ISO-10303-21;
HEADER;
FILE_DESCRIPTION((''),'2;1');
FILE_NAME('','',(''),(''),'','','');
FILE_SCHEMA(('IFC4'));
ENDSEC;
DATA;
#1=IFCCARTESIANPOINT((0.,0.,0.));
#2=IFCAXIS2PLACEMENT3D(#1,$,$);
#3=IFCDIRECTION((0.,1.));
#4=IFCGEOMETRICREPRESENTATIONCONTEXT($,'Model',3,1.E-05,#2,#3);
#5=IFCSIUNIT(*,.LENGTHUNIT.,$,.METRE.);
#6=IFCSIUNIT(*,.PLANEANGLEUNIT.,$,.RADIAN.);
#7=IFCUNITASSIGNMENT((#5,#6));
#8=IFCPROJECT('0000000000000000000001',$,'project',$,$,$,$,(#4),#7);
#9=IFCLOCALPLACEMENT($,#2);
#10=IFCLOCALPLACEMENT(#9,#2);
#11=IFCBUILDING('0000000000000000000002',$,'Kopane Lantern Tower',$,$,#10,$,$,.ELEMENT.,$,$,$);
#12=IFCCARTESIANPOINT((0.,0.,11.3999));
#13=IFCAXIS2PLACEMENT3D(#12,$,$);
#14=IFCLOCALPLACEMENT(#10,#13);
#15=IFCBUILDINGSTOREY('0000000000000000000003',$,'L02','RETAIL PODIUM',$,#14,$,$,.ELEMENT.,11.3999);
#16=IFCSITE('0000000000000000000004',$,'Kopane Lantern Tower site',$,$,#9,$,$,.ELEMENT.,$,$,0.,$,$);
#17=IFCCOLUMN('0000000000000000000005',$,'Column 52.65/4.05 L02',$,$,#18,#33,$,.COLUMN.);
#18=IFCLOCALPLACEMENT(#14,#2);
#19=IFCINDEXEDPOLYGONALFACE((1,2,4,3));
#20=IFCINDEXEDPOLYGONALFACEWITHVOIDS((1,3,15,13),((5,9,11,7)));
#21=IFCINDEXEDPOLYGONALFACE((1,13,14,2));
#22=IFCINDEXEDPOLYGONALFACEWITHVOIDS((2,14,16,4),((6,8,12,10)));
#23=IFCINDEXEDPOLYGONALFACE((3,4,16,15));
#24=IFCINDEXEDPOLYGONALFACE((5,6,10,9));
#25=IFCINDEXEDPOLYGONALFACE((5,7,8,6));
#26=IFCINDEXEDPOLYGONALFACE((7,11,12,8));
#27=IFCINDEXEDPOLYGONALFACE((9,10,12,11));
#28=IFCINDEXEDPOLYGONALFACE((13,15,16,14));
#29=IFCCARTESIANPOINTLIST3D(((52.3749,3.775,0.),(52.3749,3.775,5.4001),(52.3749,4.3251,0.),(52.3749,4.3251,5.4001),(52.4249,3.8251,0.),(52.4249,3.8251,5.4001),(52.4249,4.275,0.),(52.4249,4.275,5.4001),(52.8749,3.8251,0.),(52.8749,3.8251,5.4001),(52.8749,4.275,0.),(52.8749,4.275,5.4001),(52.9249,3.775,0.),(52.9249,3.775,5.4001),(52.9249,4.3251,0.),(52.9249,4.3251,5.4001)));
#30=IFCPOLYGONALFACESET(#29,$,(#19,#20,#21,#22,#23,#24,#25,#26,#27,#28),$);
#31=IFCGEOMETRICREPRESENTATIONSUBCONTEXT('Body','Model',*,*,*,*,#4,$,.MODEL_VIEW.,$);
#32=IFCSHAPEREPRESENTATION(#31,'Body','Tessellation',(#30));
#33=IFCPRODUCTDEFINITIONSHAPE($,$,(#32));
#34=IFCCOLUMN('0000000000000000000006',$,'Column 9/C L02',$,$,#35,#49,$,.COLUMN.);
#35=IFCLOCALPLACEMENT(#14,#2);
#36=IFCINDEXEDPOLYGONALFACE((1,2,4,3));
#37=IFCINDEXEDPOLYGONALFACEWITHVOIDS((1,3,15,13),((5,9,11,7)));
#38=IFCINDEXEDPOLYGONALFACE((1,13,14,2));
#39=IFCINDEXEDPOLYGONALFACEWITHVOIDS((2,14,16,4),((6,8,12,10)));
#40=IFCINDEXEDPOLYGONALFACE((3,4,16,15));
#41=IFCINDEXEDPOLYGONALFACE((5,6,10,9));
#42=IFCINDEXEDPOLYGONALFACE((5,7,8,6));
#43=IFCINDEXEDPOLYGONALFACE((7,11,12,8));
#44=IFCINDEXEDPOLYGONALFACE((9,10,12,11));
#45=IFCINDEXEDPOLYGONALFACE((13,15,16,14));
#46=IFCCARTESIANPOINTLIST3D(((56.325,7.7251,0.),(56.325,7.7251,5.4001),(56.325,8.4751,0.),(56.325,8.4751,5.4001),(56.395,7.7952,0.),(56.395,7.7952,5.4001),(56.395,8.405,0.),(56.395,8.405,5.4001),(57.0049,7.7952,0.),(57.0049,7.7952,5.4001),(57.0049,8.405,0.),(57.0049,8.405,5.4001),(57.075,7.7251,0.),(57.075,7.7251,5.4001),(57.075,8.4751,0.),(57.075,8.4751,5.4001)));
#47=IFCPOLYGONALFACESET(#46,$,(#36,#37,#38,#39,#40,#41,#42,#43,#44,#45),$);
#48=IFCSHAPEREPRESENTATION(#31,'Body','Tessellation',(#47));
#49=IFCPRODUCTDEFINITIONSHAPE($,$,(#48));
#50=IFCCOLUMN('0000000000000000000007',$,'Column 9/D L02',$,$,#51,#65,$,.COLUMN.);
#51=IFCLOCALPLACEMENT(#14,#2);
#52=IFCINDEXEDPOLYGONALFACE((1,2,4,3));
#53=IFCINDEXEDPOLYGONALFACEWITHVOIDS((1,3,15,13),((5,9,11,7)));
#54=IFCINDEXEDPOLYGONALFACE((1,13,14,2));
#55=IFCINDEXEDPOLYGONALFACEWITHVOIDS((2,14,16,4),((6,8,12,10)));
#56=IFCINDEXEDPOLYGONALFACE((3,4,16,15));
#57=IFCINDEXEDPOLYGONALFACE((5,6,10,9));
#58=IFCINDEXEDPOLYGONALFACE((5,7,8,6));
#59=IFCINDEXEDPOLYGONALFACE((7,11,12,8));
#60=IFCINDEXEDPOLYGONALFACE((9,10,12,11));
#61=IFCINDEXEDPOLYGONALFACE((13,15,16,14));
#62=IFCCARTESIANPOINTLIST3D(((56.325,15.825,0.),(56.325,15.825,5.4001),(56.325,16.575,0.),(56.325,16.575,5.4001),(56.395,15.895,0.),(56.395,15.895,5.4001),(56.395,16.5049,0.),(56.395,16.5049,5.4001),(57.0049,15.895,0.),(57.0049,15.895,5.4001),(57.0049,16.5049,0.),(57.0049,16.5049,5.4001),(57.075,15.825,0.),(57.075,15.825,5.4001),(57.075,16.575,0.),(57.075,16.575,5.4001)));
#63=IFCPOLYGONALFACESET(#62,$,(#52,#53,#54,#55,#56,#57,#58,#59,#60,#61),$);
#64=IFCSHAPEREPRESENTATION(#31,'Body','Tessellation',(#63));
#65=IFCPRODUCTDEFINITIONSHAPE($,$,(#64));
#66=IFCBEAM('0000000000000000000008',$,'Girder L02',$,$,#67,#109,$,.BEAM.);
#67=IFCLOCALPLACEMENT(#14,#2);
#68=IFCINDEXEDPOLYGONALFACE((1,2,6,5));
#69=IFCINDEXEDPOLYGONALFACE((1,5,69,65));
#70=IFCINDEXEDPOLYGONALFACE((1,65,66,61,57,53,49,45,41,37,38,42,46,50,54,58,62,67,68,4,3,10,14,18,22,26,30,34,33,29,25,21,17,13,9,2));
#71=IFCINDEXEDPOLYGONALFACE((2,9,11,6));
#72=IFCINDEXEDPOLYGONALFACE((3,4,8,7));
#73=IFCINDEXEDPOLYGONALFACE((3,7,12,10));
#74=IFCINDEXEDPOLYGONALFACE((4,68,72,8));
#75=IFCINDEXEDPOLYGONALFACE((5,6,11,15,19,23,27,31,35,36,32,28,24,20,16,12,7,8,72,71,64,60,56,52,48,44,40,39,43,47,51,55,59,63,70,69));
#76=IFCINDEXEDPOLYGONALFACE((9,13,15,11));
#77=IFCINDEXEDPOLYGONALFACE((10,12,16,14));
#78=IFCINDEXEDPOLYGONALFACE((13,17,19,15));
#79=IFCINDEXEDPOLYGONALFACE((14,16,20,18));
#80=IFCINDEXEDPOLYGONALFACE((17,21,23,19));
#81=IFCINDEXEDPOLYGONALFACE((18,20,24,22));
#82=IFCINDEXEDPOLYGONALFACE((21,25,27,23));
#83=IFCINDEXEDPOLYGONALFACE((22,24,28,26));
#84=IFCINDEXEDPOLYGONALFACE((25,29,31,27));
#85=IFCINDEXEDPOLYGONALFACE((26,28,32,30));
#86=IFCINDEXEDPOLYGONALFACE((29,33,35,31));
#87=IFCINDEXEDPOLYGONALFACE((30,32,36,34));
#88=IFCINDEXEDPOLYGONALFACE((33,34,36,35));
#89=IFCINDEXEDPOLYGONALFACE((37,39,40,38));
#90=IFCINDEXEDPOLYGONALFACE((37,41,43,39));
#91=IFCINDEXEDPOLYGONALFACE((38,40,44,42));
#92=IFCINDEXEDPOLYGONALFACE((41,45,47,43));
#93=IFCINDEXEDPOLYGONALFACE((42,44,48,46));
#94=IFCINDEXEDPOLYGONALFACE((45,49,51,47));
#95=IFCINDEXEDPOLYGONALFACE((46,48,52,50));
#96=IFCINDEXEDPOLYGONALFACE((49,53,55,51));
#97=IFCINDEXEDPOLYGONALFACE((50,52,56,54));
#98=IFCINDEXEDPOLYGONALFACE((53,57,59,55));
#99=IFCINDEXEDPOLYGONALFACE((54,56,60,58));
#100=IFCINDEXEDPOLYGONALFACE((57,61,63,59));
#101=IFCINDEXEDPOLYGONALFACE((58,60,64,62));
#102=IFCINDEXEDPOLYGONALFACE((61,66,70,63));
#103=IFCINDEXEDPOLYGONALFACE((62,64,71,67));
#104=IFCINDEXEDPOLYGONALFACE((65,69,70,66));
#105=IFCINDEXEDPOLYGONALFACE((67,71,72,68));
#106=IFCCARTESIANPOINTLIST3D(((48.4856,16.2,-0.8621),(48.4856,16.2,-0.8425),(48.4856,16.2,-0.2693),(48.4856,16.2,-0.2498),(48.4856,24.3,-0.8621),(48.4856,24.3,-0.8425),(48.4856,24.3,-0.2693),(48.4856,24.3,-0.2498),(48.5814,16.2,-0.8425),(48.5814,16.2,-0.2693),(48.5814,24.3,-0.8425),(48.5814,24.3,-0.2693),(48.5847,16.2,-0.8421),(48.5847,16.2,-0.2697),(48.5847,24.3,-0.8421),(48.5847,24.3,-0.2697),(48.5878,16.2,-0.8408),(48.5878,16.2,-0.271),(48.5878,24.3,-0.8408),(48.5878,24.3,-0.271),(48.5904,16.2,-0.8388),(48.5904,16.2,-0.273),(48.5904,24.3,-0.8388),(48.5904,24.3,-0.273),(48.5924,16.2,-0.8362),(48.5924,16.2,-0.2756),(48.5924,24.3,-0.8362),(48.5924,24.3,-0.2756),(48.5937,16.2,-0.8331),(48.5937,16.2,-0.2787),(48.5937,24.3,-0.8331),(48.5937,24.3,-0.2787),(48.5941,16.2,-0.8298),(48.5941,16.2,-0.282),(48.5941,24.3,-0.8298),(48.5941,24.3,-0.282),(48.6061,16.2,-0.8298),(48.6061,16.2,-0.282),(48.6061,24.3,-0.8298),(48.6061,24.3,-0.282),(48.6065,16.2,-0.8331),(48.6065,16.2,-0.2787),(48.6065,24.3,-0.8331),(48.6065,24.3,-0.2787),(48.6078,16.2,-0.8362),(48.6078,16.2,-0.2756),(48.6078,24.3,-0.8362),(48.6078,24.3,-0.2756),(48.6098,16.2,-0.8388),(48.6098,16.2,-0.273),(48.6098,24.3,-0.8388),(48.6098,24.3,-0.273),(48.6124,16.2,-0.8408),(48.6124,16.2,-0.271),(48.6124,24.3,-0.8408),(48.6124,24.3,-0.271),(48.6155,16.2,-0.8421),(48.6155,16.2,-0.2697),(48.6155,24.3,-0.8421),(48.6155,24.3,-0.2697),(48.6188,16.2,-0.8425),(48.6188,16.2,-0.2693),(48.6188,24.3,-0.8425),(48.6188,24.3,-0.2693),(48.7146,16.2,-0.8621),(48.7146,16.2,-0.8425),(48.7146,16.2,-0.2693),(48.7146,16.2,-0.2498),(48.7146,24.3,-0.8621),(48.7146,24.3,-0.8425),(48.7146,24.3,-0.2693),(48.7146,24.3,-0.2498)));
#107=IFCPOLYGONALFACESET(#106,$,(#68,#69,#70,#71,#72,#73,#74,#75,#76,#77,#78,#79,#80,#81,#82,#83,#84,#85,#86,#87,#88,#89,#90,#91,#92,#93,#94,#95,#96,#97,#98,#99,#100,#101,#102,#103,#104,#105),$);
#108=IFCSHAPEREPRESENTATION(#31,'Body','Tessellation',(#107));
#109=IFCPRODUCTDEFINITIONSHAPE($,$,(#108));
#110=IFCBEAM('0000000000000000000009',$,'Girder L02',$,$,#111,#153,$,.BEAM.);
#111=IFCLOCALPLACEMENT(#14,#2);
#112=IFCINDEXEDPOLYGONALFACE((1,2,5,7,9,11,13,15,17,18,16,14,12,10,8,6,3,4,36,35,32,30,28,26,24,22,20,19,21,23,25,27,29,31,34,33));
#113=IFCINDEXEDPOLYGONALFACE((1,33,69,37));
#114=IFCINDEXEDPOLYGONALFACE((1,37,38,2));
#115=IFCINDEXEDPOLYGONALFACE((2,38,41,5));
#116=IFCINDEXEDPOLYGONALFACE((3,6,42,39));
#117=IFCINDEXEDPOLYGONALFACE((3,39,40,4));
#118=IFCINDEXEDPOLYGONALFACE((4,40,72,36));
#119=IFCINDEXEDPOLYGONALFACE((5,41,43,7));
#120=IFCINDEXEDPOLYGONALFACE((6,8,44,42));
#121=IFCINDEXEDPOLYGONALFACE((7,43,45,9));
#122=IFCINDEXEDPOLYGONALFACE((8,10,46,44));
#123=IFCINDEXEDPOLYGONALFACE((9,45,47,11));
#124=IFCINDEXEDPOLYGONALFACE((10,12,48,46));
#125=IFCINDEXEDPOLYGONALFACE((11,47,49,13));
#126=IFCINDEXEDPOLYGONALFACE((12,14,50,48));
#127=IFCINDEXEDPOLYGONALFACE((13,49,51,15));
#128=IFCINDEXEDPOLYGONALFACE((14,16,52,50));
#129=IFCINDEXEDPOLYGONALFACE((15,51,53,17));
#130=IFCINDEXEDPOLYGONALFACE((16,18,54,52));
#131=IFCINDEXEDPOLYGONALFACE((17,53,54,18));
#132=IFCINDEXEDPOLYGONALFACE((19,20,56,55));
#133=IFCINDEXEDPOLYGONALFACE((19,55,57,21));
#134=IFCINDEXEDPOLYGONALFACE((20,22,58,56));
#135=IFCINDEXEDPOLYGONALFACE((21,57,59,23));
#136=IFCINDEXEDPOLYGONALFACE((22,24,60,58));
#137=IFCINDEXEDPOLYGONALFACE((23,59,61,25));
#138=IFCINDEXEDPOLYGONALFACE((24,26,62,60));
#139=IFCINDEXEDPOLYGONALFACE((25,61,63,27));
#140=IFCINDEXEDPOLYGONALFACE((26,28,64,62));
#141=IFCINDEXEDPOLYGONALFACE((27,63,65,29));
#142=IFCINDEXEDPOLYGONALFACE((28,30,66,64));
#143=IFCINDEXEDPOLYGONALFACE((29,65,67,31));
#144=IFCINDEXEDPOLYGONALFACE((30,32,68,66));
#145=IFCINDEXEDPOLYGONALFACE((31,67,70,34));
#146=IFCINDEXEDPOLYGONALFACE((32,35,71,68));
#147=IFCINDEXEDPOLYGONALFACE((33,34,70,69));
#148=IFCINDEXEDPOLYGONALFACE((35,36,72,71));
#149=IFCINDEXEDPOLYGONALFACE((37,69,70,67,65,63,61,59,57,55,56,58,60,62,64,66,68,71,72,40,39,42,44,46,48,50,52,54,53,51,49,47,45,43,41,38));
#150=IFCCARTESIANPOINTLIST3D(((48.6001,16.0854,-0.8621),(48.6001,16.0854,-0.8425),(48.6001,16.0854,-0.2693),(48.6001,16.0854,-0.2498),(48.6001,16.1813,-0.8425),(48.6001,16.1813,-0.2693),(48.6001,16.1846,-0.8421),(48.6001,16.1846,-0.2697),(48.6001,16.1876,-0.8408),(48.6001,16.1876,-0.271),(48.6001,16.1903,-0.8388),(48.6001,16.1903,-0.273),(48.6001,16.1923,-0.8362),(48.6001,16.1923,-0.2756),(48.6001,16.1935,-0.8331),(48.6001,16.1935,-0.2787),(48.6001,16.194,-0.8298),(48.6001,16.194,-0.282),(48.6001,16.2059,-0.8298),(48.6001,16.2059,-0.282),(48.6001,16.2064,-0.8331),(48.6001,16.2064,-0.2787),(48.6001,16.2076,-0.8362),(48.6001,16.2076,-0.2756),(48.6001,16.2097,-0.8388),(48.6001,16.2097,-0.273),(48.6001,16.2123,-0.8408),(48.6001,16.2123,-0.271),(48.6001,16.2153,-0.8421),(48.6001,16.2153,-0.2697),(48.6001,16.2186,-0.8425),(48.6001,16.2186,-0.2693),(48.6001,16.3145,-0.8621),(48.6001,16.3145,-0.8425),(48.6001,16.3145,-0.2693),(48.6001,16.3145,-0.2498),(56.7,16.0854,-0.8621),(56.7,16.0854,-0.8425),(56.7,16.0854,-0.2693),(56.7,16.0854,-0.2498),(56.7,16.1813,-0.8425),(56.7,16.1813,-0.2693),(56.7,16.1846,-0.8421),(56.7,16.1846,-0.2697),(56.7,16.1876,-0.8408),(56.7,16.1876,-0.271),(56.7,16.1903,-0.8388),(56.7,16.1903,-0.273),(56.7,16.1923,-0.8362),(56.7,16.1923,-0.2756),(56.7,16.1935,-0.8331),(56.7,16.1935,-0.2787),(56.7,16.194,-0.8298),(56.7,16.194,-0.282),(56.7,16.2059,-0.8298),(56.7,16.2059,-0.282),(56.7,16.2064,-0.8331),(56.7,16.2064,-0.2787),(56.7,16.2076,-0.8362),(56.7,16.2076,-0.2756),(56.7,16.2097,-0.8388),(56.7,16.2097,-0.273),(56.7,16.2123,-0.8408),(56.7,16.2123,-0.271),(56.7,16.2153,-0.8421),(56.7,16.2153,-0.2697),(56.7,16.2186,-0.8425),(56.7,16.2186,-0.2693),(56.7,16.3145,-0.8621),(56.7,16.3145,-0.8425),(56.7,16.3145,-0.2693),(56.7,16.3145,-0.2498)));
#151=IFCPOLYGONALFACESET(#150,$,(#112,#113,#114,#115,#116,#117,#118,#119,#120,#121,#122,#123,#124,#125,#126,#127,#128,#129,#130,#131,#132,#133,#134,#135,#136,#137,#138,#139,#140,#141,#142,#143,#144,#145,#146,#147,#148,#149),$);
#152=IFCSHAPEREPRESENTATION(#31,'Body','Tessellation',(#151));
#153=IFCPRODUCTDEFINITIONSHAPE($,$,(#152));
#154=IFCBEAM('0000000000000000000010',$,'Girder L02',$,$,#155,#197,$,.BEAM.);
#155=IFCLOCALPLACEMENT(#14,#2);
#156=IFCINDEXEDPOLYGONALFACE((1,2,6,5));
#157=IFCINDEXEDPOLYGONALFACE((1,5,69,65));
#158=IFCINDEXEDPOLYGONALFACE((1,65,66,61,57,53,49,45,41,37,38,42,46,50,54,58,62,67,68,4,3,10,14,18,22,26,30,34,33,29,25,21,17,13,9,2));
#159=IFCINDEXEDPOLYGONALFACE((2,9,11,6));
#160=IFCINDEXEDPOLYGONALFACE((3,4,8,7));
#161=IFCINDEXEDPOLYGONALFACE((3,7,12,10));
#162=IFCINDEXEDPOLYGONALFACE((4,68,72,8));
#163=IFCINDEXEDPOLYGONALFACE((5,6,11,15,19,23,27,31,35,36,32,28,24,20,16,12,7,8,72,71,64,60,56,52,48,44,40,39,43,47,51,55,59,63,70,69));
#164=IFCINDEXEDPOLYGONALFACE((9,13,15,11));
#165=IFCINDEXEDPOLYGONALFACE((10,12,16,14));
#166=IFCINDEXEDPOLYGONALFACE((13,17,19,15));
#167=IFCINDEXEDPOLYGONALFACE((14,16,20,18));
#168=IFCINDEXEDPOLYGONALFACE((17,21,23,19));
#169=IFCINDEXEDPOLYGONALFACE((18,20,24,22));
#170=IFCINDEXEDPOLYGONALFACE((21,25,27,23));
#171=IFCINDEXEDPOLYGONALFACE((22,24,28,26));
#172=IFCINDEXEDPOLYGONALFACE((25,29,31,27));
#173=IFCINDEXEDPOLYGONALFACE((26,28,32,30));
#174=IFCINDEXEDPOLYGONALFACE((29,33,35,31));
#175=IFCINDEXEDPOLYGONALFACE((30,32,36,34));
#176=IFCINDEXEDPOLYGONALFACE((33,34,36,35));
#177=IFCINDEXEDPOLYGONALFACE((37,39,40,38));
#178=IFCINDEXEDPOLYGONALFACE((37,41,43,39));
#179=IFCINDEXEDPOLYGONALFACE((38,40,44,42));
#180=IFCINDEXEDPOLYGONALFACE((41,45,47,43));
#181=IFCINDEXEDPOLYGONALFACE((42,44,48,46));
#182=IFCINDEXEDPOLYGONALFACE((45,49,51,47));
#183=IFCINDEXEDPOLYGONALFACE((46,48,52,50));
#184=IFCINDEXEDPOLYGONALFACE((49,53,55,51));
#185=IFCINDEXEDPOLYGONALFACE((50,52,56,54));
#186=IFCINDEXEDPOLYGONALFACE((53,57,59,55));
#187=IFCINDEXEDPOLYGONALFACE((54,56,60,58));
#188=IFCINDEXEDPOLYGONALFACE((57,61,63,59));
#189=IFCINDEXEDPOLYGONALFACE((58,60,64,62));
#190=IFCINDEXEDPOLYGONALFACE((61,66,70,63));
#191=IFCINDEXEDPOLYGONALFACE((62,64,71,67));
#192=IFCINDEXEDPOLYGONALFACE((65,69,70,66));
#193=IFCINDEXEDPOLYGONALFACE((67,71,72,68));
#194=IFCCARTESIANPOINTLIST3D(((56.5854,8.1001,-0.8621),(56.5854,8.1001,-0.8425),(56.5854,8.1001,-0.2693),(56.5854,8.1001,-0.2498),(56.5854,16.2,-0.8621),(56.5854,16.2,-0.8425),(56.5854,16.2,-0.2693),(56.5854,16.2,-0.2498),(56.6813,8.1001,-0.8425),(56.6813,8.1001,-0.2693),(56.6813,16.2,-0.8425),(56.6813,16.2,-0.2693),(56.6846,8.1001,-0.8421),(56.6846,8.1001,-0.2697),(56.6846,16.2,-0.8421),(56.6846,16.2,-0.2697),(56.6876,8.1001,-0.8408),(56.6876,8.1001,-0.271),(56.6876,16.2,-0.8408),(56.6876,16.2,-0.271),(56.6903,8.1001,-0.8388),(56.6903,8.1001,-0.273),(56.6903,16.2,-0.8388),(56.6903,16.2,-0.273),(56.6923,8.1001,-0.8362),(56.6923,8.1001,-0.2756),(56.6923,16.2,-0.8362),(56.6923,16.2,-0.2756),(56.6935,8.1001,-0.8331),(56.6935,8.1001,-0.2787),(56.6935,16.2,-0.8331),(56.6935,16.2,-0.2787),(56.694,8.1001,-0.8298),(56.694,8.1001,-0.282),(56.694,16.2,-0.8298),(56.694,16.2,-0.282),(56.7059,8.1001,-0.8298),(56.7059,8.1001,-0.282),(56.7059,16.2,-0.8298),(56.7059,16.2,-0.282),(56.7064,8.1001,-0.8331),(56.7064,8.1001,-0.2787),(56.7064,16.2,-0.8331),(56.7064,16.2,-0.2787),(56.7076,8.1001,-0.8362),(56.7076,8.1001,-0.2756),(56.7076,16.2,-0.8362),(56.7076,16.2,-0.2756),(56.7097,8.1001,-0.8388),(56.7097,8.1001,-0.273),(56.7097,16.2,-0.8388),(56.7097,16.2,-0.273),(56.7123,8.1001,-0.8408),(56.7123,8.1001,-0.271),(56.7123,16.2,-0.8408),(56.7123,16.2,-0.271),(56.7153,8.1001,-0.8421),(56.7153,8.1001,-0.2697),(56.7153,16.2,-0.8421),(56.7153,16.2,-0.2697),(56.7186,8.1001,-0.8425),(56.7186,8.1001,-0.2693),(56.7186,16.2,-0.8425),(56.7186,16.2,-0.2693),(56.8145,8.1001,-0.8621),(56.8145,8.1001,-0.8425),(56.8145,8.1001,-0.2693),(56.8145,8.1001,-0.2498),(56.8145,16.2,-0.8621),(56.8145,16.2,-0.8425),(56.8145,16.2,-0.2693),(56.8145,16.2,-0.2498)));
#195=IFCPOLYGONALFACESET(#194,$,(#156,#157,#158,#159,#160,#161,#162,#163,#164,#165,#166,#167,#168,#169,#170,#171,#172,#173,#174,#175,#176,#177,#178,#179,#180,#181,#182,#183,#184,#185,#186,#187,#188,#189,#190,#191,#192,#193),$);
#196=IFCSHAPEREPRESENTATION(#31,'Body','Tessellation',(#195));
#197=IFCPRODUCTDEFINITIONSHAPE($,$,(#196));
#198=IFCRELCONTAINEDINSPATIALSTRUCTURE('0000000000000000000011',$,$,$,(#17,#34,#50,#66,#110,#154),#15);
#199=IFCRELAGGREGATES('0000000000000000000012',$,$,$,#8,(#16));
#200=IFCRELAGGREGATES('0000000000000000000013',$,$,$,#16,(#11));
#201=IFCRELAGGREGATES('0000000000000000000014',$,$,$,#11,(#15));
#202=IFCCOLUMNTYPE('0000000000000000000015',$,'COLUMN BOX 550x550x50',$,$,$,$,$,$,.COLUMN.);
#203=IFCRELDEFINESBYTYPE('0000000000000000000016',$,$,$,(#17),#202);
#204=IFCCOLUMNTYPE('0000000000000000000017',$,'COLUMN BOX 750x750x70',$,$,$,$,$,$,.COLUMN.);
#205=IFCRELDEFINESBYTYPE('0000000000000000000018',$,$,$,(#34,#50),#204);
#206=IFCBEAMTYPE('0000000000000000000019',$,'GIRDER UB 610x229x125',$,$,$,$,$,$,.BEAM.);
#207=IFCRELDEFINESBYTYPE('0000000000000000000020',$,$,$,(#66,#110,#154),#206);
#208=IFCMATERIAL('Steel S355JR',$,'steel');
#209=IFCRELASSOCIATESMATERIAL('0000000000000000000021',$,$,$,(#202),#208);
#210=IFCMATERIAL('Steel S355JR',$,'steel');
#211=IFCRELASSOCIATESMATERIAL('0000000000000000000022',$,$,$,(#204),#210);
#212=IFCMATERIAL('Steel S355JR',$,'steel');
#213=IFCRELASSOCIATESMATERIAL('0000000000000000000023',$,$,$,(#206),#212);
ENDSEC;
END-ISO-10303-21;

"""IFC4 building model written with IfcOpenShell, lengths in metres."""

from ifc_helpers import new_model, si_unit, direction, frame, origin, origin_2d, place, context, subcontext, project, spatial, hollow_rectangle, i_section, extrude, material, material_profile, profile_set, type_object, element, save


model = new_model("IFC4")

# Units and contexts
model_context = context("Model", 3, precision=1e-05, world=origin(), true_north=direction((0.0, 1.0)))
body_context = subcontext(model_context, "Body", "Model", "MODEL_VIEW")
ifc_project = project(units=[si_unit("LENGTHUNIT", "METRE"), si_unit("PLANEANGLEUNIT", "RADIAN")], contexts=[model_context])

# Site, building, storey
site_placement = place(None, origin())
site = spatial("IfcSite", under=ifc_project, at=site_placement, Name="Kopane Lantern Tower site", CompositionType="ELEMENT", RefElevation=0.0)
building_placement = place(site_placement, origin())
building = spatial("IfcBuilding", under=site, at=building_placement, Name="Kopane Lantern Tower", CompositionType="ELEMENT")
storey_placement = place(building_placement, frame((0.0, 0.0, 11.3999)))
storey = spatial("IfcBuildingStorey", under=building, at=storey_placement, Name="L02", Description="RETAIL PODIUM", CompositionType="ELEMENT", Elevation=11.3999)

# Columns
ifc_material_1 = material(Name="Steel S355JR", Category="steel")
ifc_material_profile_1 = material_profile(ifc_material_1, hollow_rectangle(XDim=0.55, YDim=0.55, WallThickness=0.05, at=origin_2d()), Name="BOX 550x550x50")
ifc_profile_set_1 = profile_set([ifc_material_profile_1], Name="Steel S355JR")
column_type_1 = type_object("IfcColumnType", Name="COLUMN BOX 550x550x50", PredefinedType="COLUMN", material=ifc_profile_set_1)
column_placement = place(storey_placement, frame((52.6499, 4.05, 0.0), z_axis=(0.0, 0.0, 1.0), x_axis=(1.0, 0.0, 0.0)))
element("IfcColumn", 1, at=column_placement, inside=storey, type_object=column_type_1, Name="Column 52.65/4.05 L02", PredefinedType="COLUMN", context=body_context, shape_type="SweptSolid", body=[
    extrude(hollow_rectangle(XDim=0.55, YDim=0.55, WallThickness=0.05, at=origin_2d()), origin(), (0.0, 0.0, 1.0), 5.4001),
])
ifc_material_2 = material(Name="Steel S355JR", Category="steel")
ifc_material_profile_2 = material_profile(ifc_material_2, hollow_rectangle(XDim=0.75, YDim=0.75, WallThickness=0.0701, at=origin_2d()), Name="BOX 750x750x70")
ifc_profile_set_2 = profile_set([ifc_material_profile_2], Name="Steel S355JR")
column_type_2 = type_object("IfcColumnType", Name="COLUMN BOX 750x750x70", PredefinedType="COLUMN", material=ifc_profile_set_2)
for number, where, z_axis, x_axis, name in (
    (2, (56.7, 8.1001, 0.0), (0.0, 0.0, 1.0), (1.0, 0.0, 0.0), "Column 9/C L02"),
    (3, (56.7, 16.2, 0.0), (0.0, 0.0, 1.0), (1.0, 0.0, 0.0), "Column 9/D L02"),
):
    element("IfcColumn", number, at=place(storey_placement, frame(where, z_axis=z_axis, x_axis=x_axis)), inside=storey, type_object=column_type_2, Name=name, PredefinedType="COLUMN", context=body_context, shape_type="SweptSolid", body=[
        extrude(hollow_rectangle(XDim=0.75, YDim=0.75, WallThickness=0.0701, at=origin_2d()), origin(), (0.0, 0.0, 1.0), 5.4001),
    ])

# Beams
ifc_material_3 = material(Name="Steel S355JR", Category="steel")
ifc_material_profile_3 = material_profile(ifc_material_3, i_section(OverallWidth=0.229, OverallDepth=0.6123, WebThickness=0.012, FlangeThickness=0.0195, FilletRadius=0.0127, at=origin_2d()), Name="UB 610x229x125")
ifc_profile_set_3 = profile_set([ifc_material_profile_3], Name="Steel S355JR")
beam_type = type_object("IfcBeamType", Name="GIRDER UB 610x229x125", PredefinedType="BEAM", material=ifc_profile_set_3)
beam_1_placement = place(storey_placement, frame((48.6001, 16.2, -0.5559), z_axis=(0.0, 1.0, 0.0), x_axis=(-1.0, 0.0, 0.0)))
element("IfcBeam", 4, at=beam_1_placement, inside=storey, type_object=beam_type, Name="Girder L02", PredefinedType="BEAM", context=body_context, shape_type="SweptSolid", body=[
    extrude(i_section(OverallWidth=0.229, OverallDepth=0.6123, WebThickness=0.012, FlangeThickness=0.0195, FilletRadius=0.0127, at=origin_2d()), origin(), (0.0, 0.0, 1.0), 8.1001),
])
for number, where, z_axis, x_axis, name in (
    (5, (48.6001, 16.2, -0.5559), (1.0, 0.0, 0.0), (0.0, 1.0, 0.0), "Girder L02"),
    (6, (56.7, 8.1001, -0.5559), (0.0, 1.0, 0.0), (-1.0, 0.0, 0.0), "Girder L02"),
):
    element("IfcBeam", number, at=place(storey_placement, frame(where, z_axis=z_axis, x_axis=x_axis)), inside=storey, type_object=beam_type, Name=name, PredefinedType="BEAM", context=body_context, shape_type="SweptSolid", body=[
        extrude(i_section(OverallWidth=0.229, OverallDepth=0.6123, WebThickness=0.012, FlangeThickness=0.0195, FilletRadius=0.0127, at=origin_2d()), origin(), (0.0, 0.0, 1.0), 8.0999),
    ])

save(model, "model.ifc")
